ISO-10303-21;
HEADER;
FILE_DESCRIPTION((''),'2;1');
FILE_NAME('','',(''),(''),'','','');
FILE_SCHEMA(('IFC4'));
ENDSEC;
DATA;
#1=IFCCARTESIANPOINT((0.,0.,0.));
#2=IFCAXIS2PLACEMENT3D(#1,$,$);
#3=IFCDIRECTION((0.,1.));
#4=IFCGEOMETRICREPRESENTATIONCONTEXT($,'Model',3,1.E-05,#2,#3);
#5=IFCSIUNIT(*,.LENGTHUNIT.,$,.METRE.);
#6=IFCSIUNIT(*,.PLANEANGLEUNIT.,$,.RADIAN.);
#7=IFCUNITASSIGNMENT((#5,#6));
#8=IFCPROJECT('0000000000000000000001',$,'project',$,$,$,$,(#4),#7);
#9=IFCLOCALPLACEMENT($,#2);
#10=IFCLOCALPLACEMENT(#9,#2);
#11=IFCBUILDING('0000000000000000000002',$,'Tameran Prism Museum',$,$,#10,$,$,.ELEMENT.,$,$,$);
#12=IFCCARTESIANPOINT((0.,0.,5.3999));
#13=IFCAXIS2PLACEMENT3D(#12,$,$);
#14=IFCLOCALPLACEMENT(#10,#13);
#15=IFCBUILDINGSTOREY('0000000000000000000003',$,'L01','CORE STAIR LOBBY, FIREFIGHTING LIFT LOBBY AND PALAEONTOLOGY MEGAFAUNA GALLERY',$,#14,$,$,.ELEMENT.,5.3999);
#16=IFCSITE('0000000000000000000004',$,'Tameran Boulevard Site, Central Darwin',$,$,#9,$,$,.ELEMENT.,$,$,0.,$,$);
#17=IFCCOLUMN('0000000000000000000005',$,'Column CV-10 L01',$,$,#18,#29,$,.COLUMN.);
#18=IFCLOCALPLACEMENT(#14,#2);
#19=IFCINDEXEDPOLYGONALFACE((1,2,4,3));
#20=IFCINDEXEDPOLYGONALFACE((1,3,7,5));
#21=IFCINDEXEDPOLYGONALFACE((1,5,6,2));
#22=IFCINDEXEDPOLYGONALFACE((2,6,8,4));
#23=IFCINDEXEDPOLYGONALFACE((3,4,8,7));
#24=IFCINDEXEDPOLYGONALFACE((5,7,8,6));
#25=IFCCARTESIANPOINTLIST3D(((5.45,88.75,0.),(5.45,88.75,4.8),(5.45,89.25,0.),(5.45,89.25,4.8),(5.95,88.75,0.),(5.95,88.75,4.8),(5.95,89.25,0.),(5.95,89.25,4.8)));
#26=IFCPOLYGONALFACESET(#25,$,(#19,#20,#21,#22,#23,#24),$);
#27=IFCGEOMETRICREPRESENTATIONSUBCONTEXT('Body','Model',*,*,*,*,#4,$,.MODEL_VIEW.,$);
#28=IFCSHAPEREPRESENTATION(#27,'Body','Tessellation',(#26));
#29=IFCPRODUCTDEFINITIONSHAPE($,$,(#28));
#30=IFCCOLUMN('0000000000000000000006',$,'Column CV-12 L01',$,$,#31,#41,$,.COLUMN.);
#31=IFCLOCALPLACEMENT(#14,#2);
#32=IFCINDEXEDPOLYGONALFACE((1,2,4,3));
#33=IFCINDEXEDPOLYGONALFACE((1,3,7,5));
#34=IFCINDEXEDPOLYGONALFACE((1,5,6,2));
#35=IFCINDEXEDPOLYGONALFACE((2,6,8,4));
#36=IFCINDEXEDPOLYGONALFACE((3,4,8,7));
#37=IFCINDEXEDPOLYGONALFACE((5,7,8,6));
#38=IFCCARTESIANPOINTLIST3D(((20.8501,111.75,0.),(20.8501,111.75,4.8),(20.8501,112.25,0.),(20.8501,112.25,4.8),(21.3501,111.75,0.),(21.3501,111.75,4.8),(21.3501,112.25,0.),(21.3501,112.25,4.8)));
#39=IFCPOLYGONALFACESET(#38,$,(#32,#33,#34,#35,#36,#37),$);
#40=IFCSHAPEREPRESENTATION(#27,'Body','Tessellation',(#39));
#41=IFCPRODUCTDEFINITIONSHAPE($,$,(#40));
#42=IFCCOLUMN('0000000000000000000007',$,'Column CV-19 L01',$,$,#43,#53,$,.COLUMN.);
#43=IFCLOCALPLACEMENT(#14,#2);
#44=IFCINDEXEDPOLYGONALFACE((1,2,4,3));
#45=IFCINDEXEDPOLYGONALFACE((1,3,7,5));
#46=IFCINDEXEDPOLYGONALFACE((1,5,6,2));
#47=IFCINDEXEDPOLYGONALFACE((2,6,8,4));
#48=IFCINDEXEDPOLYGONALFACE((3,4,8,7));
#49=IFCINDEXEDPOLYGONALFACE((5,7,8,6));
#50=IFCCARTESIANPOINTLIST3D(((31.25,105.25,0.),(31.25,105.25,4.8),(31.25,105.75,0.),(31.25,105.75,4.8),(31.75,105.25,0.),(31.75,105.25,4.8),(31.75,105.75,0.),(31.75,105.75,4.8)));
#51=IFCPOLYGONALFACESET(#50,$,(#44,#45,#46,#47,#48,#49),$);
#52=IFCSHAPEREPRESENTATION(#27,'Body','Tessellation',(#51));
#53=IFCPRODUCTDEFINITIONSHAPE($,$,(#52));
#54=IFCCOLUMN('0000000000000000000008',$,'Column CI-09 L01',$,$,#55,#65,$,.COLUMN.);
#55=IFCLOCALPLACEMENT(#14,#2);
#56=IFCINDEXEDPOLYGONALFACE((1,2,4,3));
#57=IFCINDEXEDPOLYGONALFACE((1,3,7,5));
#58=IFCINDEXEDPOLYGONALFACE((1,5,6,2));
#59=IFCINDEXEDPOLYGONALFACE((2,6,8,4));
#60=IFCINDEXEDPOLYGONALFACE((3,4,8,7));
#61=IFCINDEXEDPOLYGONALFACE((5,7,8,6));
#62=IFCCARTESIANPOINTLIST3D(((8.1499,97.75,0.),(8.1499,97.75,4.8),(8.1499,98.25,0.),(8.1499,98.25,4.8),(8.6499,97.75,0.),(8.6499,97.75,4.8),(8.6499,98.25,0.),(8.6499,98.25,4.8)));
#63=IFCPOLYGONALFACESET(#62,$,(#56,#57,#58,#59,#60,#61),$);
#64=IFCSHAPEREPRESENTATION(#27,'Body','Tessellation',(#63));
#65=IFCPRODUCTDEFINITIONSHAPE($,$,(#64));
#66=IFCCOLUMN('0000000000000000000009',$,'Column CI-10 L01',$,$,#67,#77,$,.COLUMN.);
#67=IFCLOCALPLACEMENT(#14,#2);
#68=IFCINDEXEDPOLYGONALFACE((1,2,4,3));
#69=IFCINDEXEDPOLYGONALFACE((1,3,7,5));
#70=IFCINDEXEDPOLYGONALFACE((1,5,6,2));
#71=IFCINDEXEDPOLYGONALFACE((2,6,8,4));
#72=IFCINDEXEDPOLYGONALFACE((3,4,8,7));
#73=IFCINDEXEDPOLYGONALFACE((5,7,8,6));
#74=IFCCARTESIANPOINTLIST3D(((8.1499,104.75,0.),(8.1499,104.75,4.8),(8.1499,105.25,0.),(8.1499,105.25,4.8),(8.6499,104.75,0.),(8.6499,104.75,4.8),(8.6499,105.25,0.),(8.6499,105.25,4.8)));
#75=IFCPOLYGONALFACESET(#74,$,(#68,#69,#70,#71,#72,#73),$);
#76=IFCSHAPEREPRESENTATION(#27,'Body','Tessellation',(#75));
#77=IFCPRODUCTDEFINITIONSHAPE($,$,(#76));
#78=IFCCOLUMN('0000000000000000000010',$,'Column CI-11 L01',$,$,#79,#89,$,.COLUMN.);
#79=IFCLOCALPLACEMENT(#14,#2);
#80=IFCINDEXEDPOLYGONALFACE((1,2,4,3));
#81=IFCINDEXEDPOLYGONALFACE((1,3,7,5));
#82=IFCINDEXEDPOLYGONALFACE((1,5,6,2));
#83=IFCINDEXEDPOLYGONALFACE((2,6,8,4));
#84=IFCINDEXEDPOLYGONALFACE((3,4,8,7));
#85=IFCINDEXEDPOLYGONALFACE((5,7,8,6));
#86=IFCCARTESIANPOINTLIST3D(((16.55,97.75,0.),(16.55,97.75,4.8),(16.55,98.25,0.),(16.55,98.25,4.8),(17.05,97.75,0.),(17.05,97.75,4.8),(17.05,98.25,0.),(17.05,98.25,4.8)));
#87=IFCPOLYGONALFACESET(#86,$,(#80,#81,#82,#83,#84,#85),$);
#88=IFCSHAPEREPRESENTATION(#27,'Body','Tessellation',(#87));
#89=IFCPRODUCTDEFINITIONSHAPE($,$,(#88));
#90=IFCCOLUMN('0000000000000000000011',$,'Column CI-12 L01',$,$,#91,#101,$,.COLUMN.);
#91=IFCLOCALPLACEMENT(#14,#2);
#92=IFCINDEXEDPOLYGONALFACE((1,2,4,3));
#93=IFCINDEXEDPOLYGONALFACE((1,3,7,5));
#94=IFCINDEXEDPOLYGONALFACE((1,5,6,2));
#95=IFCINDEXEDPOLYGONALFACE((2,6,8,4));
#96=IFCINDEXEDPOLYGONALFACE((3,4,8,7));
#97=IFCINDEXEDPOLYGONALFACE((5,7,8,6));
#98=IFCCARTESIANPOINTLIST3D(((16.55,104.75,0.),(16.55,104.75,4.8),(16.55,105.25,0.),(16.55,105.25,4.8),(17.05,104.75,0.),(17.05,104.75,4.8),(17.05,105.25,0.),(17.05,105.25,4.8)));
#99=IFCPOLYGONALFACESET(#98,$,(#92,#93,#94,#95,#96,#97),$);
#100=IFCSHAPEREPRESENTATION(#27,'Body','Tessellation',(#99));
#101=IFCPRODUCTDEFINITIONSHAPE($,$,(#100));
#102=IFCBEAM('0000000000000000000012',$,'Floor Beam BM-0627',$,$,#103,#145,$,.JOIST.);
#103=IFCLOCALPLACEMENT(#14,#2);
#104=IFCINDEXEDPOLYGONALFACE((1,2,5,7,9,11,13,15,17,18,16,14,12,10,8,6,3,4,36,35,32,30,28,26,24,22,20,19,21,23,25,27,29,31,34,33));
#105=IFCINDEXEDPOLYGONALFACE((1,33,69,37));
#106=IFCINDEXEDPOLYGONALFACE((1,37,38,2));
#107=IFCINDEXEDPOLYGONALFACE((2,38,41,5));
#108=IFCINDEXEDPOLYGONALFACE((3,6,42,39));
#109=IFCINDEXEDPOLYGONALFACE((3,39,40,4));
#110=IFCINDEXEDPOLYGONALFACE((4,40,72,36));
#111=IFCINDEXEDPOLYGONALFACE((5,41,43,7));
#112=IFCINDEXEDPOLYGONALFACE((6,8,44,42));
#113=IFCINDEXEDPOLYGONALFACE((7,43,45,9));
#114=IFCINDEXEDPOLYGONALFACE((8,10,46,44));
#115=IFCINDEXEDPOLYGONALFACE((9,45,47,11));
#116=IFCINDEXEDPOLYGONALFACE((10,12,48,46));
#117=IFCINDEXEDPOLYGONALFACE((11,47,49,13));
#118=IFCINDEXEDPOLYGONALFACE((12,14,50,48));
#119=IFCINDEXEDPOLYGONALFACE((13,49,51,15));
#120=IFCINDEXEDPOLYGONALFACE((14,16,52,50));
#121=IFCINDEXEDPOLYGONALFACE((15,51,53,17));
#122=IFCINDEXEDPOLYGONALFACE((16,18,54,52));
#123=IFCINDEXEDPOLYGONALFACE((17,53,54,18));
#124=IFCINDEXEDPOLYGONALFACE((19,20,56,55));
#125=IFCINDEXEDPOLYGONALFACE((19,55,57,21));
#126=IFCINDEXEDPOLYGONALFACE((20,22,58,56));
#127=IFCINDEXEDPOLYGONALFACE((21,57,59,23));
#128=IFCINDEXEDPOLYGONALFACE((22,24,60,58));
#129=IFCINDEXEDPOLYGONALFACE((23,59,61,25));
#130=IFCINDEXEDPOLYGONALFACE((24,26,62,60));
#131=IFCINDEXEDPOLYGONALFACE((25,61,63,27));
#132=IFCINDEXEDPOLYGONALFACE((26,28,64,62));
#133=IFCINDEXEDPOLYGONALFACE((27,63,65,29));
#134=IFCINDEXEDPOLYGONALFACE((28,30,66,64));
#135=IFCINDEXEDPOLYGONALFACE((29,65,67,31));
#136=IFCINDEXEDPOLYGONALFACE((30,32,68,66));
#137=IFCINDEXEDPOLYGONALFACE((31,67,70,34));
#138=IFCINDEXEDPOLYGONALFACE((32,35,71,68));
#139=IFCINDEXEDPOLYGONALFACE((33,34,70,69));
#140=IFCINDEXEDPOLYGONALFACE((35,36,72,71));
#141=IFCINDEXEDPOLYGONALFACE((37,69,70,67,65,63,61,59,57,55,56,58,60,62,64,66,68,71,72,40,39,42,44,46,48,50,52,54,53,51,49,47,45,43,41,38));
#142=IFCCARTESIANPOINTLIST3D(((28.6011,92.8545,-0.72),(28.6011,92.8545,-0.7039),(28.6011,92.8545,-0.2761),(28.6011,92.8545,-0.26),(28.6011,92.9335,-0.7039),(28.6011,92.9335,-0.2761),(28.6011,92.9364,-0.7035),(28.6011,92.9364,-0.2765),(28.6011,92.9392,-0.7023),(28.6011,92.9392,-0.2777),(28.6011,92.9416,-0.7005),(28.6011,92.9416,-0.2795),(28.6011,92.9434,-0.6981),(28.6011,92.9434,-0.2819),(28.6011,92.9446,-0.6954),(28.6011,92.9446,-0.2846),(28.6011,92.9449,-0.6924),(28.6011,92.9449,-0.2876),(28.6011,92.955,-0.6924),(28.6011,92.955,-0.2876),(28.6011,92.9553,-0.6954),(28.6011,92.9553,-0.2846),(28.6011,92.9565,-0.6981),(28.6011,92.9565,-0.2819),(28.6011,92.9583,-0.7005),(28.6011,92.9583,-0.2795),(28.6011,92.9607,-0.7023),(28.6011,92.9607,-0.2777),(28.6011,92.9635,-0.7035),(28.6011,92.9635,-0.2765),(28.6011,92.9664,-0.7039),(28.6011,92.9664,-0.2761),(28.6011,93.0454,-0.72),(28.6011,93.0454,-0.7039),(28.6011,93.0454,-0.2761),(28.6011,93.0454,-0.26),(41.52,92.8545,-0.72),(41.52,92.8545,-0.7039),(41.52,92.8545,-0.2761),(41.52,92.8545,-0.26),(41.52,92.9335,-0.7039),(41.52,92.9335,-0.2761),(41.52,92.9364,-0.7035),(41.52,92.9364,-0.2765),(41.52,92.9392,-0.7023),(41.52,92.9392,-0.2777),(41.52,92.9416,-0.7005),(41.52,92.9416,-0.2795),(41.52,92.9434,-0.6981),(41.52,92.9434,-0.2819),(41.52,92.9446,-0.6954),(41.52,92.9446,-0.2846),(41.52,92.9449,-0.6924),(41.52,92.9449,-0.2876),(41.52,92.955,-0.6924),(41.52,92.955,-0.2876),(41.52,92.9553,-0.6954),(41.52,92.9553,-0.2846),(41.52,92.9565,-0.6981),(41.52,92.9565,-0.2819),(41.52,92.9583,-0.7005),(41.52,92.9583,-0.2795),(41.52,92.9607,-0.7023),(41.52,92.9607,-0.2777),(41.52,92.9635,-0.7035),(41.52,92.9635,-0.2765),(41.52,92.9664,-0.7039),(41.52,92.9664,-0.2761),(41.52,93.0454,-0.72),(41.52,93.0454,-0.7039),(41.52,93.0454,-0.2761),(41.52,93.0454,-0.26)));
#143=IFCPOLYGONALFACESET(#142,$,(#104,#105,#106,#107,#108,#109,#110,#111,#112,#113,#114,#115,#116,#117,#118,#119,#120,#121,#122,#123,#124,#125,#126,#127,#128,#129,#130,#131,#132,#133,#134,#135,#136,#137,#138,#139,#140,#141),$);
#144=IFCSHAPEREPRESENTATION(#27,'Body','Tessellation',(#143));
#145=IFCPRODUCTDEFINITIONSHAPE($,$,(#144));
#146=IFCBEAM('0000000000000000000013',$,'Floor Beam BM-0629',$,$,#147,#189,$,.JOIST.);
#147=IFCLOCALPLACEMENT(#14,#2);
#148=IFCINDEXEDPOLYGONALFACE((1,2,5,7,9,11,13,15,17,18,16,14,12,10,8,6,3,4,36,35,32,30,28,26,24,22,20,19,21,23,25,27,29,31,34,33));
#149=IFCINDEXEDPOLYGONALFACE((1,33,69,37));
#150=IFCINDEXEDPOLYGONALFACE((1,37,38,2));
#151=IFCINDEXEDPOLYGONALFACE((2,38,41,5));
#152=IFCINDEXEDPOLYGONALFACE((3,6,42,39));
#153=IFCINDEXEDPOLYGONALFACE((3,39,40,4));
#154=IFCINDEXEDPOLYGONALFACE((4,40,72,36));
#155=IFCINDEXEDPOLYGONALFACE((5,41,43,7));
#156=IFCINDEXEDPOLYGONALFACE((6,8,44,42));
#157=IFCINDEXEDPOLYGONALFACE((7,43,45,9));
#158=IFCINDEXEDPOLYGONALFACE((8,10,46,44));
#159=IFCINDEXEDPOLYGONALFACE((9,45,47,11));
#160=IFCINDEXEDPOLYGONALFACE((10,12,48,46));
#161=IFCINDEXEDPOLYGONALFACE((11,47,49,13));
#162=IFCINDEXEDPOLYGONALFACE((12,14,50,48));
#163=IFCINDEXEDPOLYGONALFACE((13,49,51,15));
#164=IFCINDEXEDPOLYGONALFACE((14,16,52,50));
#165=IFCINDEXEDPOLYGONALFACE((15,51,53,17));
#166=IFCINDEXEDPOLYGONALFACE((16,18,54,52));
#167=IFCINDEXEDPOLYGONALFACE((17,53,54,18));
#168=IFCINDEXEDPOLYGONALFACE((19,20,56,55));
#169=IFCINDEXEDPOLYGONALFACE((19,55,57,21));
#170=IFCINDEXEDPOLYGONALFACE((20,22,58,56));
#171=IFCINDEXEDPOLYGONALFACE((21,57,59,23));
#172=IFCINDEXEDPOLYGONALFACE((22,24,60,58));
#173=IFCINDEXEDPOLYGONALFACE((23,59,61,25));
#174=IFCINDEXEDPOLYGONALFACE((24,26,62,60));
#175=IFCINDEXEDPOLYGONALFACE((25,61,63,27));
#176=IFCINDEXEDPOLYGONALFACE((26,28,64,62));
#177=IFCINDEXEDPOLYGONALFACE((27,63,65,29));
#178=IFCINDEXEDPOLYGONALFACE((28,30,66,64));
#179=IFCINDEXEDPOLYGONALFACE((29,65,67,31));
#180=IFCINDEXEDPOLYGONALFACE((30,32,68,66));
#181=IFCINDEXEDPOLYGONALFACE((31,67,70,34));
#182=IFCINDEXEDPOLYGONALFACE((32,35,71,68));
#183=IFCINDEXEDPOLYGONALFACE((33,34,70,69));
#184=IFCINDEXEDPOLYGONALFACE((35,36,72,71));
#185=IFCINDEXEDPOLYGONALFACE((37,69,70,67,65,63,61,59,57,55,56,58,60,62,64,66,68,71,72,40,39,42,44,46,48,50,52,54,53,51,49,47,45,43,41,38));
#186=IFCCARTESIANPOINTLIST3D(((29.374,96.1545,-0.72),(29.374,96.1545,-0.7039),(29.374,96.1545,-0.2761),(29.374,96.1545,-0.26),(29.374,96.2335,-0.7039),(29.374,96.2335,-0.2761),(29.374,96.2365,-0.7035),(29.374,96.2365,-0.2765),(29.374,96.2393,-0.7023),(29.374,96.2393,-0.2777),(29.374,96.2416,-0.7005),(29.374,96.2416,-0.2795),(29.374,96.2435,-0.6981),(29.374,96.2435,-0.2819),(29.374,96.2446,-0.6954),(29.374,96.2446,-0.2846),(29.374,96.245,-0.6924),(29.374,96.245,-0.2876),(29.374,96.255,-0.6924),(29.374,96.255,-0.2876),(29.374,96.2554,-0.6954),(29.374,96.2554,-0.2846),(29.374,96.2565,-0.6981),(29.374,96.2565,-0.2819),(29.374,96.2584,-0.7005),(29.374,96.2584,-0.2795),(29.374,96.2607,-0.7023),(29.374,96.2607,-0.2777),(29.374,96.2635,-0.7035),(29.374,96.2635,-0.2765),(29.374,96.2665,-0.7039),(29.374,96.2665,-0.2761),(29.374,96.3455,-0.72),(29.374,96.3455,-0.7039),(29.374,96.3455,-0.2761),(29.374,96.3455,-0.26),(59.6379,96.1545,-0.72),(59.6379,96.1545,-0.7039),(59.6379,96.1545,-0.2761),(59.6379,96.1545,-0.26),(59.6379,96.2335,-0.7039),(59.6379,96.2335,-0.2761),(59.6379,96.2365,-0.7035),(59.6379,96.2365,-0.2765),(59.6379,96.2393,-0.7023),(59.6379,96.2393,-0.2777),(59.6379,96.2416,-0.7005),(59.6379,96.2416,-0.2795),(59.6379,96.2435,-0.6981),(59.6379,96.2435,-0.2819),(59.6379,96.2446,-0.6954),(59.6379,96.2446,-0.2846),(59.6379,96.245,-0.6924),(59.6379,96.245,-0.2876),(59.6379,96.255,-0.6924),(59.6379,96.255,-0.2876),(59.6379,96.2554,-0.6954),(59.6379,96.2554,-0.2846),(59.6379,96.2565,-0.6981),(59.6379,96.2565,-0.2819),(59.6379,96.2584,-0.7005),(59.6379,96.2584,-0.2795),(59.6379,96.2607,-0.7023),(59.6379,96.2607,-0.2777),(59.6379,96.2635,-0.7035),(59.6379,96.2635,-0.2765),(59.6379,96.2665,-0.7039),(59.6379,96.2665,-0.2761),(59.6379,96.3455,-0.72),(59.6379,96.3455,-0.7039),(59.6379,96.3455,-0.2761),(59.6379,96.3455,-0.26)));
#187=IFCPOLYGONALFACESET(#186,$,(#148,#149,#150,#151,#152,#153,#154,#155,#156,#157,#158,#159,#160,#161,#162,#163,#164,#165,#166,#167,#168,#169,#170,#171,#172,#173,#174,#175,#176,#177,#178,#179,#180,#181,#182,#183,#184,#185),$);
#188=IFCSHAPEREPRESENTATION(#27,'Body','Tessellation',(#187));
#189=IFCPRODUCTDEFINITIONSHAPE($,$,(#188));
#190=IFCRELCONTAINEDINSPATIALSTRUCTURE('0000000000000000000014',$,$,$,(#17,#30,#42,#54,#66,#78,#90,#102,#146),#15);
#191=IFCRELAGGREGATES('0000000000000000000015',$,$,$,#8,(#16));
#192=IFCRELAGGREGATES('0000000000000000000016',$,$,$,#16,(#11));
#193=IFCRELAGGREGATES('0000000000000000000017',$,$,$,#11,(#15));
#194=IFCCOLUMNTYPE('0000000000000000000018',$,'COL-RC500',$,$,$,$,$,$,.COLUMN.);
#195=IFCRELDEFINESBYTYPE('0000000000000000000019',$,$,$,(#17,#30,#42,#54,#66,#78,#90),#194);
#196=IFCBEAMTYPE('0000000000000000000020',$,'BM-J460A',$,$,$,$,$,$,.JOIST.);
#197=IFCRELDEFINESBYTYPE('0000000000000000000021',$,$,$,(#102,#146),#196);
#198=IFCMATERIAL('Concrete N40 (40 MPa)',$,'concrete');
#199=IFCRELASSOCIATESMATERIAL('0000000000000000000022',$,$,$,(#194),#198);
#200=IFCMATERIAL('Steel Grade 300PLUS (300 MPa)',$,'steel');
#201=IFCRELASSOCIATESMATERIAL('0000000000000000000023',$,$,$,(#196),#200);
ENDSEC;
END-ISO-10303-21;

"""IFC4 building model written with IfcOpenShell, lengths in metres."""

from ifc_helpers import new_model, si_unit, direction, frame, origin, origin_2d, place, context, subcontext, project, spatial, rectangle, i_section, extrude, material, material_profile, profile_set, type_object, element, save


model = new_model("IFC4")

# Units and contexts
model_context = context("Model", 3, precision=1e-05, world=origin(), true_north=direction((0.0, 1.0)))
body_context = subcontext(model_context, "Body", "Model", "MODEL_VIEW")
ifc_project = project(units=[si_unit("LENGTHUNIT", "METRE"), si_unit("PLANEANGLEUNIT", "RADIAN")], contexts=[model_context])

# Site, building, storey
site_placement = place(None, origin())
site = spatial("IfcSite", under=ifc_project, at=site_placement, Name="Tameran Boulevard Site, Central Darwin", CompositionType="ELEMENT", RefElevation=0.0)
building_placement = place(site_placement, origin())
building = spatial("IfcBuilding", under=site, at=building_placement, Name="Tameran Prism Museum", CompositionType="ELEMENT")
storey_placement = place(building_placement, frame((0.0, 0.0, 5.3999)))
storey = spatial("IfcBuildingStorey", under=building, at=storey_placement, Name="L01", Description="CORE STAIR LOBBY, FIREFIGHTING LIFT LOBBY AND PALAEONTOLOGY MEGAFAUNA GALLERY", CompositionType="ELEMENT", Elevation=5.3999)

# Columns
ifc_material_1 = material(Name="Concrete N40 (40 MPa)", Category="concrete")
ifc_material_profile_1 = material_profile(ifc_material_1, rectangle(XDim=0.5, YDim=0.5, at=origin_2d()))
ifc_profile_set_1 = profile_set([ifc_material_profile_1])
column_type = type_object("IfcColumnType", Name="COL-RC500", PredefinedType="COLUMN", material=ifc_profile_set_1)
for number, where, z_axis, x_axis, name in (
    (1, (5.7, 89.0, 0.0), (0.0, 0.0, 1.0), (1.0, 0.0, 0.0), "Column CV-10 L01"),
    (2, (21.1001, 112.0, 0.0), (0.0, 0.0, 1.0), (1.0, 0.0, 0.0), "Column CV-12 L01"),
    (3, (31.5, 105.5, 0.0), (0.0, 0.0, 1.0), (1.0, 0.0, 0.0), "Column CV-19 L01"),
    (4, (8.3999, 98.0, 0.0), (0.0, 0.0, 1.0), (1.0, 0.0, 0.0), "Column CI-09 L01"),
    (5, (8.3999, 105.0, 0.0), (0.0, 0.0, 1.0), (1.0, 0.0, 0.0), "Column CI-10 L01"),
    (6, (16.8, 98.0, 0.0), (0.0, 0.0, 1.0), (1.0, 0.0, 0.0), "Column CI-11 L01"),
    (7, (16.8, 105.0, 0.0), (0.0, 0.0, 1.0), (1.0, 0.0, 0.0), "Column CI-12 L01"),
):
    element("IfcColumn", number, at=place(storey_placement, frame(where, z_axis=z_axis, x_axis=x_axis)), inside=storey, type_object=column_type, Name=name, PredefinedType="COLUMN", context=body_context, shape_type="SweptSolid", body=[
        extrude(rectangle(XDim=0.5, YDim=0.5, at=origin_2d()), origin(), (0.0, 0.0, 1.0), 4.8),
    ])

# Beams
ifc_material_2 = material(Name="Steel Grade 300PLUS (300 MPa)", Category="steel")
ifc_material_profile_2 = material_profile(ifc_material_2, i_section(OverallWidth=0.1909, OverallDepth=0.46, WebThickness=0.01, FlangeThickness=0.0161, FilletRadius=0.0115, at=origin_2d()))
ifc_profile_set_2 = profile_set([ifc_material_profile_2])
beam_type_1 = type_object("IfcBeamType", Name="BM-J460A", PredefinedType="JOIST", material=ifc_profile_set_2)
beam_1_placement = place(storey_placement, frame((28.6011, 92.95, -0.49), z_axis=(1.0, 0.0, 0.0), x_axis=(0.0, 1.0, 0.0)))
element("IfcBeam", 8, at=beam_1_placement, inside=storey, type_object=beam_type_1, Name="Floor Beam BM-0627", PredefinedType="JOIST", context=body_context, shape_type="SweptSolid", body=[
    extrude(i_section(OverallWidth=0.1909, OverallDepth=0.46, WebThickness=0.01, FlangeThickness=0.0161, FilletRadius=0.0115, at=origin_2d()), origin(), (0.0, 0.0, 1.0), 12.9189),
])
beam_2_placement = place(storey_placement, frame((29.374, 96.25, -0.49), z_axis=(1.0, 0.0, 0.0), x_axis=(0.0, 1.0, 0.0)))
element("IfcBeam", 9, at=beam_2_placement, inside=storey, type_object=beam_type_1, Name="Floor Beam BM-0629", PredefinedType="JOIST", context=body_context, shape_type="SweptSolid", body=[
    extrude(i_section(OverallWidth=0.1909, OverallDepth=0.46, WebThickness=0.01, FlangeThickness=0.0161, FilletRadius=0.0115, at=origin_2d()), origin(), (0.0, 0.0, 1.0), 30.2639),
])

save(model, "model.ifc")
